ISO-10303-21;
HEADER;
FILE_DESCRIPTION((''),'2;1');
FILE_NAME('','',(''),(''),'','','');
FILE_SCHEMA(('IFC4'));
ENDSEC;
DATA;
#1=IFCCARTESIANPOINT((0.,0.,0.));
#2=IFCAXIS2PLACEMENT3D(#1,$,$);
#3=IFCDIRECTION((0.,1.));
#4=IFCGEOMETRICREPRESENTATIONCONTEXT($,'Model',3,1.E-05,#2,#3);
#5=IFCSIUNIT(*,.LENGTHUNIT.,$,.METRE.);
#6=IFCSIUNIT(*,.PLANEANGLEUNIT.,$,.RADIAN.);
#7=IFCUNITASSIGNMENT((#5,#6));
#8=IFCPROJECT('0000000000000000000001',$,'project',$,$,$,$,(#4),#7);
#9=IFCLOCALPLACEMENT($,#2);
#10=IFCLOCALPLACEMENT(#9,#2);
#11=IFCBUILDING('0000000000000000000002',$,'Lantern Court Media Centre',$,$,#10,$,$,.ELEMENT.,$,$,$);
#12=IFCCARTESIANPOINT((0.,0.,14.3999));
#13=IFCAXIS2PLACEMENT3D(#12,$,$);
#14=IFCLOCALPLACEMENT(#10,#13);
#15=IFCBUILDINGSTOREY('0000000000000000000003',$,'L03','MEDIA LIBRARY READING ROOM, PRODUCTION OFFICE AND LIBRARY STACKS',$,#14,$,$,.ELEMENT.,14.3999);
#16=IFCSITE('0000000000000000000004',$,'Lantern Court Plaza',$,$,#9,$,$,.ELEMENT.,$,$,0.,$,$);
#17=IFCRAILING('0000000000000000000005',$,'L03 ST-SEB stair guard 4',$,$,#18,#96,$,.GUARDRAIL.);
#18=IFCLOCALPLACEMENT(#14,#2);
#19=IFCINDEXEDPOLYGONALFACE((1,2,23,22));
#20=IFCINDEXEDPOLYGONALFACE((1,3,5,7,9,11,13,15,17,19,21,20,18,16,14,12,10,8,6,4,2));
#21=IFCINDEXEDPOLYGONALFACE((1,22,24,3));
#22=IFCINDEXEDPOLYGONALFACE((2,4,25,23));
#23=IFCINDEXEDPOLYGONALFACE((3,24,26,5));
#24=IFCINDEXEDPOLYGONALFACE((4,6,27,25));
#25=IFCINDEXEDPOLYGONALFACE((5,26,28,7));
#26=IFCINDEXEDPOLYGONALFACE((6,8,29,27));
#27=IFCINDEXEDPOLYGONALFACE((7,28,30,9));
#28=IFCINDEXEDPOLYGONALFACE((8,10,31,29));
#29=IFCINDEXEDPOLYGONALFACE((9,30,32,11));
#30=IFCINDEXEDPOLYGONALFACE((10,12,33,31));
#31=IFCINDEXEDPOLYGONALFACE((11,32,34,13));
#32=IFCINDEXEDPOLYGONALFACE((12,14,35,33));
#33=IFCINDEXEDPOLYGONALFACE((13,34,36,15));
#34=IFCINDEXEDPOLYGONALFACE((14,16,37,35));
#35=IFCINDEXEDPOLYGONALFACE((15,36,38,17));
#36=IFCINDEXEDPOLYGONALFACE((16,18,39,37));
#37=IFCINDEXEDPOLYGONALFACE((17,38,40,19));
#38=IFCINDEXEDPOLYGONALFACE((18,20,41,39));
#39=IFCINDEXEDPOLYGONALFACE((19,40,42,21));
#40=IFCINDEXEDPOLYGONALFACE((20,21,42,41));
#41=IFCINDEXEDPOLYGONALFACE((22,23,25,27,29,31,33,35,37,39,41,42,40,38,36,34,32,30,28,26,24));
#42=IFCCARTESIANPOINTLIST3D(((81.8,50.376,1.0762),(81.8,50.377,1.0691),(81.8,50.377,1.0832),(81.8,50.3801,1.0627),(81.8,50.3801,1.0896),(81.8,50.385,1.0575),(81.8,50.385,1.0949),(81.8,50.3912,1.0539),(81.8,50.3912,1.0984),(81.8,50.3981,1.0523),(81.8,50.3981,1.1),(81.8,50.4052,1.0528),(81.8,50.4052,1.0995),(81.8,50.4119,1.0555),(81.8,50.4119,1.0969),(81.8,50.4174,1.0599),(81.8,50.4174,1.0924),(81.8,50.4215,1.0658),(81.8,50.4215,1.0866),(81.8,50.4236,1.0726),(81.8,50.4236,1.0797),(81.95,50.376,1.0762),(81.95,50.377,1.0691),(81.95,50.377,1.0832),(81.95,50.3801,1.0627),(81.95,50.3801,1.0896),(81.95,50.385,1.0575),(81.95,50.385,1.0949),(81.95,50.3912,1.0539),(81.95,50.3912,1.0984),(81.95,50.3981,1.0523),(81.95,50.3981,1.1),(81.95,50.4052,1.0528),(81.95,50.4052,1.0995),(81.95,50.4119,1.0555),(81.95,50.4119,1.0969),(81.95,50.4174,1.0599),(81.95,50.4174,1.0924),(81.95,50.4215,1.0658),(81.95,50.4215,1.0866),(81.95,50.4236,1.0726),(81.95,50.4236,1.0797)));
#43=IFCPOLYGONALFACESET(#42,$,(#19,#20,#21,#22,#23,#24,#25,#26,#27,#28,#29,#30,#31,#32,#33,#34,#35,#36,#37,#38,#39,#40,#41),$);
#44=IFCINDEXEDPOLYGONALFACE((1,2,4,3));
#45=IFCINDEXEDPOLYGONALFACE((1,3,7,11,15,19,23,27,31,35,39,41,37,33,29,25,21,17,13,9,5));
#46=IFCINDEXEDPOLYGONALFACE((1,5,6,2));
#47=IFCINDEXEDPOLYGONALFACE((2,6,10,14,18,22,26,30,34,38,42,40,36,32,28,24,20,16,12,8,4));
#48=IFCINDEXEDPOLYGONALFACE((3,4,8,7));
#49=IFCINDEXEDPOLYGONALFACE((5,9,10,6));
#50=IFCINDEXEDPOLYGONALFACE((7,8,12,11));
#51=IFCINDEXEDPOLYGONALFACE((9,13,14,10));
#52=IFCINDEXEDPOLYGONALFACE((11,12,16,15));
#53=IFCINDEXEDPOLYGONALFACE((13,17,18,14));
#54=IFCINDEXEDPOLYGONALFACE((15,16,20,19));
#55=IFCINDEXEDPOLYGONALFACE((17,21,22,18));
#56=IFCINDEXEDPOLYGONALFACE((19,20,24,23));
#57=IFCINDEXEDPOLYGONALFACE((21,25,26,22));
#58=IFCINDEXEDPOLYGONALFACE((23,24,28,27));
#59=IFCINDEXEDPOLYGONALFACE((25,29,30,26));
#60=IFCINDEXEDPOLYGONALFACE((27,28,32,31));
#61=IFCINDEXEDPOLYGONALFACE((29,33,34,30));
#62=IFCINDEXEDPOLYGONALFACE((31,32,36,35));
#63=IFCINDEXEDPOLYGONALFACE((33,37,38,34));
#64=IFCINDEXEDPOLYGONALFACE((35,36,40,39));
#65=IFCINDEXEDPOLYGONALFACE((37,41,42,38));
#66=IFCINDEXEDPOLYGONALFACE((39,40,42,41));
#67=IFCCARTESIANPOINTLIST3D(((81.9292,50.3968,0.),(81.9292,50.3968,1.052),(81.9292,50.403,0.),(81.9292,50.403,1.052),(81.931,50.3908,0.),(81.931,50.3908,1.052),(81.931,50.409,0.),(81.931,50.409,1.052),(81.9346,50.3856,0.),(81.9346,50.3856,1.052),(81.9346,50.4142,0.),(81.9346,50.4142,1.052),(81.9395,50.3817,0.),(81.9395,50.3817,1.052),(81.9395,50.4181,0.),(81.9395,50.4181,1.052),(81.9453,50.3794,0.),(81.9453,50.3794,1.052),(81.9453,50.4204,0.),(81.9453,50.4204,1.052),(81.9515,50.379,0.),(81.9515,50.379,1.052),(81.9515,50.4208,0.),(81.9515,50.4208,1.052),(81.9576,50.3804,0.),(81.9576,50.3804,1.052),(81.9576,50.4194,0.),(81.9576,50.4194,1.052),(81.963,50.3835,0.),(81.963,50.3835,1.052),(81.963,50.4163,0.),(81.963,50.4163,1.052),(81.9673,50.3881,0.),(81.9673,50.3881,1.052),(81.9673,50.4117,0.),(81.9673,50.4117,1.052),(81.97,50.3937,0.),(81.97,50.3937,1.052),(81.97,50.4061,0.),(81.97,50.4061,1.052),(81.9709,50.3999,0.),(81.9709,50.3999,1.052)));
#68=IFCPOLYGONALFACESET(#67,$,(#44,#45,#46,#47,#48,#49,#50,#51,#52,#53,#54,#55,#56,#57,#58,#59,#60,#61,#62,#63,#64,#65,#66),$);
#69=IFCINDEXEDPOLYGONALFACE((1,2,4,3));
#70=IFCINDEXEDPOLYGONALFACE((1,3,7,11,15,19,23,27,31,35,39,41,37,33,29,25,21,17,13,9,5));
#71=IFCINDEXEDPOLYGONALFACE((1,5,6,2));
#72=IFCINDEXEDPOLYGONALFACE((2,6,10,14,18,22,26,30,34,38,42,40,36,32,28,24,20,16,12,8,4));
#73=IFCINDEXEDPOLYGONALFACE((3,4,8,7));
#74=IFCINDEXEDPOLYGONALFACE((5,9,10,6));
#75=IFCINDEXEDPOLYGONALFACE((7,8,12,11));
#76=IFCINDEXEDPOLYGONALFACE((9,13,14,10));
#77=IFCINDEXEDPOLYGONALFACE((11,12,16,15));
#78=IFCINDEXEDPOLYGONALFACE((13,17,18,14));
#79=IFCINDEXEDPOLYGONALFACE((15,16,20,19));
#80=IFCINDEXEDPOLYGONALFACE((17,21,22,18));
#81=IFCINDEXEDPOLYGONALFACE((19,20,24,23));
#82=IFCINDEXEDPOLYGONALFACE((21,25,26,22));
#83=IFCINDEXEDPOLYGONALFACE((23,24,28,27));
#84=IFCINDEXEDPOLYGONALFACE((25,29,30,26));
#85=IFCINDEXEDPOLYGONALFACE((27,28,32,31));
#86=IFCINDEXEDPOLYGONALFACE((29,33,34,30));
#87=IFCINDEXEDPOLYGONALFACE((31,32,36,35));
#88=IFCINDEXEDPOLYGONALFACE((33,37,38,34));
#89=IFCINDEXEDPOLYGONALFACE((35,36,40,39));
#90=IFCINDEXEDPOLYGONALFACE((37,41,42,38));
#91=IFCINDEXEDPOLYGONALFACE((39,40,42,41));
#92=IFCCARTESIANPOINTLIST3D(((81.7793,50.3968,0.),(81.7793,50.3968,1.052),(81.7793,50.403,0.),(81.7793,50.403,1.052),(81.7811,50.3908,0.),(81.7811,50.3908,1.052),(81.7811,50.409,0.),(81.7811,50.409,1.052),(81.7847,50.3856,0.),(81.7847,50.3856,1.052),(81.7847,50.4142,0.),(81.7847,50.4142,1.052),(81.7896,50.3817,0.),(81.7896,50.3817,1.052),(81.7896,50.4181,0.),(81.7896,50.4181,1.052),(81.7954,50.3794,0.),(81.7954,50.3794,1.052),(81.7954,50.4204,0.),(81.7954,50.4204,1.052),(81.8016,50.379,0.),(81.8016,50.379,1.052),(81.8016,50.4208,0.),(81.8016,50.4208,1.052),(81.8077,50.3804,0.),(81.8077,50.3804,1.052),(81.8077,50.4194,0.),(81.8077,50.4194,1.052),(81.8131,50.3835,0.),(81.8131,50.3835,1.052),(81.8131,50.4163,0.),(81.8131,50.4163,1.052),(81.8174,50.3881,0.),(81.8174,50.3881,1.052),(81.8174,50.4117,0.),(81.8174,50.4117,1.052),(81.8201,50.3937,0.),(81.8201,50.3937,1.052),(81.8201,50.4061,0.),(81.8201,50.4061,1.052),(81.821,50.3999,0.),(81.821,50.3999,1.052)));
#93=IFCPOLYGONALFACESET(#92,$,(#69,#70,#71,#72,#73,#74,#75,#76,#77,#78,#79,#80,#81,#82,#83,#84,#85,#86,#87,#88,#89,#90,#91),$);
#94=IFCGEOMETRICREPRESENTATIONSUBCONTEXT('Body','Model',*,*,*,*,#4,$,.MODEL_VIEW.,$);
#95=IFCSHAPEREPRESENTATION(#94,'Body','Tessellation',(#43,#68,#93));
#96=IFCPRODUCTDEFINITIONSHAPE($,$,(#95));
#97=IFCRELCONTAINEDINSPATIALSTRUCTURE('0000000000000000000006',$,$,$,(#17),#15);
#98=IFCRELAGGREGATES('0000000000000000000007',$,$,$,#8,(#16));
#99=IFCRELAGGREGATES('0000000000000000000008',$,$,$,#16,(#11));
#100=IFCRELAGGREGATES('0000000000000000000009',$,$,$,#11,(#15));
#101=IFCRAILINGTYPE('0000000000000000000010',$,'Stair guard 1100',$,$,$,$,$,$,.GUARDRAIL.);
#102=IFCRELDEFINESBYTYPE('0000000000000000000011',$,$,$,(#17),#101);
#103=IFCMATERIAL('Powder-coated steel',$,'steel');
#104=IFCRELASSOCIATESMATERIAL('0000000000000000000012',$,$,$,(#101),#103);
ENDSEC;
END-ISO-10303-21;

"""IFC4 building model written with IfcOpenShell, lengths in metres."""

from ifc_helpers import new_model, si_unit, direction, frame, origin, origin_2d, place, context, subcontext, project, spatial, circle, extrude, material, type_object, element, save


model = new_model("IFC4")

# Units and contexts
model_context = context("Model", 3, precision=1e-05, world=origin(), true_north=direction((0.0, 1.0)))
body_context = subcontext(model_context, "Body", "Model", "MODEL_VIEW")
ifc_project = project(units=[si_unit("LENGTHUNIT", "METRE"), si_unit("PLANEANGLEUNIT", "RADIAN")], contexts=[model_context])

# Site, building, storey
site_placement = place(None, origin())
site = spatial("IfcSite", under=ifc_project, at=site_placement, Name="Lantern Court Plaza", CompositionType="ELEMENT", RefElevation=0.0)
building_placement = place(site_placement, origin())
building = spatial("IfcBuilding", under=site, at=building_placement, Name="Lantern Court Media Centre", CompositionType="ELEMENT")
storey_placement = place(building_placement, frame((0.0, 0.0, 14.3999)))
storey = spatial("IfcBuildingStorey", under=building, at=storey_placement, Name="L03", Description="MEDIA LIBRARY READING ROOM, PRODUCTION OFFICE AND LIBRARY STACKS", CompositionType="ELEMENT", Elevation=14.3999)

# Railing
ifc_material_1 = material(Name="Powder-coated steel", Category="steel")
railing_type_1 = type_object("IfcRailingType", Name="Stair guard 1100", PredefinedType="GUARDRAIL", material=ifc_material_1)
railing_1_placement = place(storey_placement, frame((81.95, 50.3999, 0.0)))
element("IfcRailing", 1, at=railing_1_placement, inside=storey, type_object=railing_type_1, Name="L03 ST-SEB stair guard 4", PredefinedType="GUARDRAIL", context=body_context, shape_type="SweptSolid", body=[
    extrude(circle(Radius=0.0239, at=origin_2d()), frame((0.0, 0.0, 1.0762), z_axis=(-1.0, 0.0, 0.0), x_axis=(0.0, -1.0, 0.0)), (0.0, 0.0, 1.0), 0.1499),
    extrude(circle(Radius=0.021, at=origin_2d()), origin(), (0.0, 0.0, 1.0), 1.052),
    extrude(circle(Radius=0.021, at=origin_2d()), frame((-0.1499, 0.0, 0.0)), (0.0, 0.0, 1.0), 1.052),
])

save(model, "model.ifc")
